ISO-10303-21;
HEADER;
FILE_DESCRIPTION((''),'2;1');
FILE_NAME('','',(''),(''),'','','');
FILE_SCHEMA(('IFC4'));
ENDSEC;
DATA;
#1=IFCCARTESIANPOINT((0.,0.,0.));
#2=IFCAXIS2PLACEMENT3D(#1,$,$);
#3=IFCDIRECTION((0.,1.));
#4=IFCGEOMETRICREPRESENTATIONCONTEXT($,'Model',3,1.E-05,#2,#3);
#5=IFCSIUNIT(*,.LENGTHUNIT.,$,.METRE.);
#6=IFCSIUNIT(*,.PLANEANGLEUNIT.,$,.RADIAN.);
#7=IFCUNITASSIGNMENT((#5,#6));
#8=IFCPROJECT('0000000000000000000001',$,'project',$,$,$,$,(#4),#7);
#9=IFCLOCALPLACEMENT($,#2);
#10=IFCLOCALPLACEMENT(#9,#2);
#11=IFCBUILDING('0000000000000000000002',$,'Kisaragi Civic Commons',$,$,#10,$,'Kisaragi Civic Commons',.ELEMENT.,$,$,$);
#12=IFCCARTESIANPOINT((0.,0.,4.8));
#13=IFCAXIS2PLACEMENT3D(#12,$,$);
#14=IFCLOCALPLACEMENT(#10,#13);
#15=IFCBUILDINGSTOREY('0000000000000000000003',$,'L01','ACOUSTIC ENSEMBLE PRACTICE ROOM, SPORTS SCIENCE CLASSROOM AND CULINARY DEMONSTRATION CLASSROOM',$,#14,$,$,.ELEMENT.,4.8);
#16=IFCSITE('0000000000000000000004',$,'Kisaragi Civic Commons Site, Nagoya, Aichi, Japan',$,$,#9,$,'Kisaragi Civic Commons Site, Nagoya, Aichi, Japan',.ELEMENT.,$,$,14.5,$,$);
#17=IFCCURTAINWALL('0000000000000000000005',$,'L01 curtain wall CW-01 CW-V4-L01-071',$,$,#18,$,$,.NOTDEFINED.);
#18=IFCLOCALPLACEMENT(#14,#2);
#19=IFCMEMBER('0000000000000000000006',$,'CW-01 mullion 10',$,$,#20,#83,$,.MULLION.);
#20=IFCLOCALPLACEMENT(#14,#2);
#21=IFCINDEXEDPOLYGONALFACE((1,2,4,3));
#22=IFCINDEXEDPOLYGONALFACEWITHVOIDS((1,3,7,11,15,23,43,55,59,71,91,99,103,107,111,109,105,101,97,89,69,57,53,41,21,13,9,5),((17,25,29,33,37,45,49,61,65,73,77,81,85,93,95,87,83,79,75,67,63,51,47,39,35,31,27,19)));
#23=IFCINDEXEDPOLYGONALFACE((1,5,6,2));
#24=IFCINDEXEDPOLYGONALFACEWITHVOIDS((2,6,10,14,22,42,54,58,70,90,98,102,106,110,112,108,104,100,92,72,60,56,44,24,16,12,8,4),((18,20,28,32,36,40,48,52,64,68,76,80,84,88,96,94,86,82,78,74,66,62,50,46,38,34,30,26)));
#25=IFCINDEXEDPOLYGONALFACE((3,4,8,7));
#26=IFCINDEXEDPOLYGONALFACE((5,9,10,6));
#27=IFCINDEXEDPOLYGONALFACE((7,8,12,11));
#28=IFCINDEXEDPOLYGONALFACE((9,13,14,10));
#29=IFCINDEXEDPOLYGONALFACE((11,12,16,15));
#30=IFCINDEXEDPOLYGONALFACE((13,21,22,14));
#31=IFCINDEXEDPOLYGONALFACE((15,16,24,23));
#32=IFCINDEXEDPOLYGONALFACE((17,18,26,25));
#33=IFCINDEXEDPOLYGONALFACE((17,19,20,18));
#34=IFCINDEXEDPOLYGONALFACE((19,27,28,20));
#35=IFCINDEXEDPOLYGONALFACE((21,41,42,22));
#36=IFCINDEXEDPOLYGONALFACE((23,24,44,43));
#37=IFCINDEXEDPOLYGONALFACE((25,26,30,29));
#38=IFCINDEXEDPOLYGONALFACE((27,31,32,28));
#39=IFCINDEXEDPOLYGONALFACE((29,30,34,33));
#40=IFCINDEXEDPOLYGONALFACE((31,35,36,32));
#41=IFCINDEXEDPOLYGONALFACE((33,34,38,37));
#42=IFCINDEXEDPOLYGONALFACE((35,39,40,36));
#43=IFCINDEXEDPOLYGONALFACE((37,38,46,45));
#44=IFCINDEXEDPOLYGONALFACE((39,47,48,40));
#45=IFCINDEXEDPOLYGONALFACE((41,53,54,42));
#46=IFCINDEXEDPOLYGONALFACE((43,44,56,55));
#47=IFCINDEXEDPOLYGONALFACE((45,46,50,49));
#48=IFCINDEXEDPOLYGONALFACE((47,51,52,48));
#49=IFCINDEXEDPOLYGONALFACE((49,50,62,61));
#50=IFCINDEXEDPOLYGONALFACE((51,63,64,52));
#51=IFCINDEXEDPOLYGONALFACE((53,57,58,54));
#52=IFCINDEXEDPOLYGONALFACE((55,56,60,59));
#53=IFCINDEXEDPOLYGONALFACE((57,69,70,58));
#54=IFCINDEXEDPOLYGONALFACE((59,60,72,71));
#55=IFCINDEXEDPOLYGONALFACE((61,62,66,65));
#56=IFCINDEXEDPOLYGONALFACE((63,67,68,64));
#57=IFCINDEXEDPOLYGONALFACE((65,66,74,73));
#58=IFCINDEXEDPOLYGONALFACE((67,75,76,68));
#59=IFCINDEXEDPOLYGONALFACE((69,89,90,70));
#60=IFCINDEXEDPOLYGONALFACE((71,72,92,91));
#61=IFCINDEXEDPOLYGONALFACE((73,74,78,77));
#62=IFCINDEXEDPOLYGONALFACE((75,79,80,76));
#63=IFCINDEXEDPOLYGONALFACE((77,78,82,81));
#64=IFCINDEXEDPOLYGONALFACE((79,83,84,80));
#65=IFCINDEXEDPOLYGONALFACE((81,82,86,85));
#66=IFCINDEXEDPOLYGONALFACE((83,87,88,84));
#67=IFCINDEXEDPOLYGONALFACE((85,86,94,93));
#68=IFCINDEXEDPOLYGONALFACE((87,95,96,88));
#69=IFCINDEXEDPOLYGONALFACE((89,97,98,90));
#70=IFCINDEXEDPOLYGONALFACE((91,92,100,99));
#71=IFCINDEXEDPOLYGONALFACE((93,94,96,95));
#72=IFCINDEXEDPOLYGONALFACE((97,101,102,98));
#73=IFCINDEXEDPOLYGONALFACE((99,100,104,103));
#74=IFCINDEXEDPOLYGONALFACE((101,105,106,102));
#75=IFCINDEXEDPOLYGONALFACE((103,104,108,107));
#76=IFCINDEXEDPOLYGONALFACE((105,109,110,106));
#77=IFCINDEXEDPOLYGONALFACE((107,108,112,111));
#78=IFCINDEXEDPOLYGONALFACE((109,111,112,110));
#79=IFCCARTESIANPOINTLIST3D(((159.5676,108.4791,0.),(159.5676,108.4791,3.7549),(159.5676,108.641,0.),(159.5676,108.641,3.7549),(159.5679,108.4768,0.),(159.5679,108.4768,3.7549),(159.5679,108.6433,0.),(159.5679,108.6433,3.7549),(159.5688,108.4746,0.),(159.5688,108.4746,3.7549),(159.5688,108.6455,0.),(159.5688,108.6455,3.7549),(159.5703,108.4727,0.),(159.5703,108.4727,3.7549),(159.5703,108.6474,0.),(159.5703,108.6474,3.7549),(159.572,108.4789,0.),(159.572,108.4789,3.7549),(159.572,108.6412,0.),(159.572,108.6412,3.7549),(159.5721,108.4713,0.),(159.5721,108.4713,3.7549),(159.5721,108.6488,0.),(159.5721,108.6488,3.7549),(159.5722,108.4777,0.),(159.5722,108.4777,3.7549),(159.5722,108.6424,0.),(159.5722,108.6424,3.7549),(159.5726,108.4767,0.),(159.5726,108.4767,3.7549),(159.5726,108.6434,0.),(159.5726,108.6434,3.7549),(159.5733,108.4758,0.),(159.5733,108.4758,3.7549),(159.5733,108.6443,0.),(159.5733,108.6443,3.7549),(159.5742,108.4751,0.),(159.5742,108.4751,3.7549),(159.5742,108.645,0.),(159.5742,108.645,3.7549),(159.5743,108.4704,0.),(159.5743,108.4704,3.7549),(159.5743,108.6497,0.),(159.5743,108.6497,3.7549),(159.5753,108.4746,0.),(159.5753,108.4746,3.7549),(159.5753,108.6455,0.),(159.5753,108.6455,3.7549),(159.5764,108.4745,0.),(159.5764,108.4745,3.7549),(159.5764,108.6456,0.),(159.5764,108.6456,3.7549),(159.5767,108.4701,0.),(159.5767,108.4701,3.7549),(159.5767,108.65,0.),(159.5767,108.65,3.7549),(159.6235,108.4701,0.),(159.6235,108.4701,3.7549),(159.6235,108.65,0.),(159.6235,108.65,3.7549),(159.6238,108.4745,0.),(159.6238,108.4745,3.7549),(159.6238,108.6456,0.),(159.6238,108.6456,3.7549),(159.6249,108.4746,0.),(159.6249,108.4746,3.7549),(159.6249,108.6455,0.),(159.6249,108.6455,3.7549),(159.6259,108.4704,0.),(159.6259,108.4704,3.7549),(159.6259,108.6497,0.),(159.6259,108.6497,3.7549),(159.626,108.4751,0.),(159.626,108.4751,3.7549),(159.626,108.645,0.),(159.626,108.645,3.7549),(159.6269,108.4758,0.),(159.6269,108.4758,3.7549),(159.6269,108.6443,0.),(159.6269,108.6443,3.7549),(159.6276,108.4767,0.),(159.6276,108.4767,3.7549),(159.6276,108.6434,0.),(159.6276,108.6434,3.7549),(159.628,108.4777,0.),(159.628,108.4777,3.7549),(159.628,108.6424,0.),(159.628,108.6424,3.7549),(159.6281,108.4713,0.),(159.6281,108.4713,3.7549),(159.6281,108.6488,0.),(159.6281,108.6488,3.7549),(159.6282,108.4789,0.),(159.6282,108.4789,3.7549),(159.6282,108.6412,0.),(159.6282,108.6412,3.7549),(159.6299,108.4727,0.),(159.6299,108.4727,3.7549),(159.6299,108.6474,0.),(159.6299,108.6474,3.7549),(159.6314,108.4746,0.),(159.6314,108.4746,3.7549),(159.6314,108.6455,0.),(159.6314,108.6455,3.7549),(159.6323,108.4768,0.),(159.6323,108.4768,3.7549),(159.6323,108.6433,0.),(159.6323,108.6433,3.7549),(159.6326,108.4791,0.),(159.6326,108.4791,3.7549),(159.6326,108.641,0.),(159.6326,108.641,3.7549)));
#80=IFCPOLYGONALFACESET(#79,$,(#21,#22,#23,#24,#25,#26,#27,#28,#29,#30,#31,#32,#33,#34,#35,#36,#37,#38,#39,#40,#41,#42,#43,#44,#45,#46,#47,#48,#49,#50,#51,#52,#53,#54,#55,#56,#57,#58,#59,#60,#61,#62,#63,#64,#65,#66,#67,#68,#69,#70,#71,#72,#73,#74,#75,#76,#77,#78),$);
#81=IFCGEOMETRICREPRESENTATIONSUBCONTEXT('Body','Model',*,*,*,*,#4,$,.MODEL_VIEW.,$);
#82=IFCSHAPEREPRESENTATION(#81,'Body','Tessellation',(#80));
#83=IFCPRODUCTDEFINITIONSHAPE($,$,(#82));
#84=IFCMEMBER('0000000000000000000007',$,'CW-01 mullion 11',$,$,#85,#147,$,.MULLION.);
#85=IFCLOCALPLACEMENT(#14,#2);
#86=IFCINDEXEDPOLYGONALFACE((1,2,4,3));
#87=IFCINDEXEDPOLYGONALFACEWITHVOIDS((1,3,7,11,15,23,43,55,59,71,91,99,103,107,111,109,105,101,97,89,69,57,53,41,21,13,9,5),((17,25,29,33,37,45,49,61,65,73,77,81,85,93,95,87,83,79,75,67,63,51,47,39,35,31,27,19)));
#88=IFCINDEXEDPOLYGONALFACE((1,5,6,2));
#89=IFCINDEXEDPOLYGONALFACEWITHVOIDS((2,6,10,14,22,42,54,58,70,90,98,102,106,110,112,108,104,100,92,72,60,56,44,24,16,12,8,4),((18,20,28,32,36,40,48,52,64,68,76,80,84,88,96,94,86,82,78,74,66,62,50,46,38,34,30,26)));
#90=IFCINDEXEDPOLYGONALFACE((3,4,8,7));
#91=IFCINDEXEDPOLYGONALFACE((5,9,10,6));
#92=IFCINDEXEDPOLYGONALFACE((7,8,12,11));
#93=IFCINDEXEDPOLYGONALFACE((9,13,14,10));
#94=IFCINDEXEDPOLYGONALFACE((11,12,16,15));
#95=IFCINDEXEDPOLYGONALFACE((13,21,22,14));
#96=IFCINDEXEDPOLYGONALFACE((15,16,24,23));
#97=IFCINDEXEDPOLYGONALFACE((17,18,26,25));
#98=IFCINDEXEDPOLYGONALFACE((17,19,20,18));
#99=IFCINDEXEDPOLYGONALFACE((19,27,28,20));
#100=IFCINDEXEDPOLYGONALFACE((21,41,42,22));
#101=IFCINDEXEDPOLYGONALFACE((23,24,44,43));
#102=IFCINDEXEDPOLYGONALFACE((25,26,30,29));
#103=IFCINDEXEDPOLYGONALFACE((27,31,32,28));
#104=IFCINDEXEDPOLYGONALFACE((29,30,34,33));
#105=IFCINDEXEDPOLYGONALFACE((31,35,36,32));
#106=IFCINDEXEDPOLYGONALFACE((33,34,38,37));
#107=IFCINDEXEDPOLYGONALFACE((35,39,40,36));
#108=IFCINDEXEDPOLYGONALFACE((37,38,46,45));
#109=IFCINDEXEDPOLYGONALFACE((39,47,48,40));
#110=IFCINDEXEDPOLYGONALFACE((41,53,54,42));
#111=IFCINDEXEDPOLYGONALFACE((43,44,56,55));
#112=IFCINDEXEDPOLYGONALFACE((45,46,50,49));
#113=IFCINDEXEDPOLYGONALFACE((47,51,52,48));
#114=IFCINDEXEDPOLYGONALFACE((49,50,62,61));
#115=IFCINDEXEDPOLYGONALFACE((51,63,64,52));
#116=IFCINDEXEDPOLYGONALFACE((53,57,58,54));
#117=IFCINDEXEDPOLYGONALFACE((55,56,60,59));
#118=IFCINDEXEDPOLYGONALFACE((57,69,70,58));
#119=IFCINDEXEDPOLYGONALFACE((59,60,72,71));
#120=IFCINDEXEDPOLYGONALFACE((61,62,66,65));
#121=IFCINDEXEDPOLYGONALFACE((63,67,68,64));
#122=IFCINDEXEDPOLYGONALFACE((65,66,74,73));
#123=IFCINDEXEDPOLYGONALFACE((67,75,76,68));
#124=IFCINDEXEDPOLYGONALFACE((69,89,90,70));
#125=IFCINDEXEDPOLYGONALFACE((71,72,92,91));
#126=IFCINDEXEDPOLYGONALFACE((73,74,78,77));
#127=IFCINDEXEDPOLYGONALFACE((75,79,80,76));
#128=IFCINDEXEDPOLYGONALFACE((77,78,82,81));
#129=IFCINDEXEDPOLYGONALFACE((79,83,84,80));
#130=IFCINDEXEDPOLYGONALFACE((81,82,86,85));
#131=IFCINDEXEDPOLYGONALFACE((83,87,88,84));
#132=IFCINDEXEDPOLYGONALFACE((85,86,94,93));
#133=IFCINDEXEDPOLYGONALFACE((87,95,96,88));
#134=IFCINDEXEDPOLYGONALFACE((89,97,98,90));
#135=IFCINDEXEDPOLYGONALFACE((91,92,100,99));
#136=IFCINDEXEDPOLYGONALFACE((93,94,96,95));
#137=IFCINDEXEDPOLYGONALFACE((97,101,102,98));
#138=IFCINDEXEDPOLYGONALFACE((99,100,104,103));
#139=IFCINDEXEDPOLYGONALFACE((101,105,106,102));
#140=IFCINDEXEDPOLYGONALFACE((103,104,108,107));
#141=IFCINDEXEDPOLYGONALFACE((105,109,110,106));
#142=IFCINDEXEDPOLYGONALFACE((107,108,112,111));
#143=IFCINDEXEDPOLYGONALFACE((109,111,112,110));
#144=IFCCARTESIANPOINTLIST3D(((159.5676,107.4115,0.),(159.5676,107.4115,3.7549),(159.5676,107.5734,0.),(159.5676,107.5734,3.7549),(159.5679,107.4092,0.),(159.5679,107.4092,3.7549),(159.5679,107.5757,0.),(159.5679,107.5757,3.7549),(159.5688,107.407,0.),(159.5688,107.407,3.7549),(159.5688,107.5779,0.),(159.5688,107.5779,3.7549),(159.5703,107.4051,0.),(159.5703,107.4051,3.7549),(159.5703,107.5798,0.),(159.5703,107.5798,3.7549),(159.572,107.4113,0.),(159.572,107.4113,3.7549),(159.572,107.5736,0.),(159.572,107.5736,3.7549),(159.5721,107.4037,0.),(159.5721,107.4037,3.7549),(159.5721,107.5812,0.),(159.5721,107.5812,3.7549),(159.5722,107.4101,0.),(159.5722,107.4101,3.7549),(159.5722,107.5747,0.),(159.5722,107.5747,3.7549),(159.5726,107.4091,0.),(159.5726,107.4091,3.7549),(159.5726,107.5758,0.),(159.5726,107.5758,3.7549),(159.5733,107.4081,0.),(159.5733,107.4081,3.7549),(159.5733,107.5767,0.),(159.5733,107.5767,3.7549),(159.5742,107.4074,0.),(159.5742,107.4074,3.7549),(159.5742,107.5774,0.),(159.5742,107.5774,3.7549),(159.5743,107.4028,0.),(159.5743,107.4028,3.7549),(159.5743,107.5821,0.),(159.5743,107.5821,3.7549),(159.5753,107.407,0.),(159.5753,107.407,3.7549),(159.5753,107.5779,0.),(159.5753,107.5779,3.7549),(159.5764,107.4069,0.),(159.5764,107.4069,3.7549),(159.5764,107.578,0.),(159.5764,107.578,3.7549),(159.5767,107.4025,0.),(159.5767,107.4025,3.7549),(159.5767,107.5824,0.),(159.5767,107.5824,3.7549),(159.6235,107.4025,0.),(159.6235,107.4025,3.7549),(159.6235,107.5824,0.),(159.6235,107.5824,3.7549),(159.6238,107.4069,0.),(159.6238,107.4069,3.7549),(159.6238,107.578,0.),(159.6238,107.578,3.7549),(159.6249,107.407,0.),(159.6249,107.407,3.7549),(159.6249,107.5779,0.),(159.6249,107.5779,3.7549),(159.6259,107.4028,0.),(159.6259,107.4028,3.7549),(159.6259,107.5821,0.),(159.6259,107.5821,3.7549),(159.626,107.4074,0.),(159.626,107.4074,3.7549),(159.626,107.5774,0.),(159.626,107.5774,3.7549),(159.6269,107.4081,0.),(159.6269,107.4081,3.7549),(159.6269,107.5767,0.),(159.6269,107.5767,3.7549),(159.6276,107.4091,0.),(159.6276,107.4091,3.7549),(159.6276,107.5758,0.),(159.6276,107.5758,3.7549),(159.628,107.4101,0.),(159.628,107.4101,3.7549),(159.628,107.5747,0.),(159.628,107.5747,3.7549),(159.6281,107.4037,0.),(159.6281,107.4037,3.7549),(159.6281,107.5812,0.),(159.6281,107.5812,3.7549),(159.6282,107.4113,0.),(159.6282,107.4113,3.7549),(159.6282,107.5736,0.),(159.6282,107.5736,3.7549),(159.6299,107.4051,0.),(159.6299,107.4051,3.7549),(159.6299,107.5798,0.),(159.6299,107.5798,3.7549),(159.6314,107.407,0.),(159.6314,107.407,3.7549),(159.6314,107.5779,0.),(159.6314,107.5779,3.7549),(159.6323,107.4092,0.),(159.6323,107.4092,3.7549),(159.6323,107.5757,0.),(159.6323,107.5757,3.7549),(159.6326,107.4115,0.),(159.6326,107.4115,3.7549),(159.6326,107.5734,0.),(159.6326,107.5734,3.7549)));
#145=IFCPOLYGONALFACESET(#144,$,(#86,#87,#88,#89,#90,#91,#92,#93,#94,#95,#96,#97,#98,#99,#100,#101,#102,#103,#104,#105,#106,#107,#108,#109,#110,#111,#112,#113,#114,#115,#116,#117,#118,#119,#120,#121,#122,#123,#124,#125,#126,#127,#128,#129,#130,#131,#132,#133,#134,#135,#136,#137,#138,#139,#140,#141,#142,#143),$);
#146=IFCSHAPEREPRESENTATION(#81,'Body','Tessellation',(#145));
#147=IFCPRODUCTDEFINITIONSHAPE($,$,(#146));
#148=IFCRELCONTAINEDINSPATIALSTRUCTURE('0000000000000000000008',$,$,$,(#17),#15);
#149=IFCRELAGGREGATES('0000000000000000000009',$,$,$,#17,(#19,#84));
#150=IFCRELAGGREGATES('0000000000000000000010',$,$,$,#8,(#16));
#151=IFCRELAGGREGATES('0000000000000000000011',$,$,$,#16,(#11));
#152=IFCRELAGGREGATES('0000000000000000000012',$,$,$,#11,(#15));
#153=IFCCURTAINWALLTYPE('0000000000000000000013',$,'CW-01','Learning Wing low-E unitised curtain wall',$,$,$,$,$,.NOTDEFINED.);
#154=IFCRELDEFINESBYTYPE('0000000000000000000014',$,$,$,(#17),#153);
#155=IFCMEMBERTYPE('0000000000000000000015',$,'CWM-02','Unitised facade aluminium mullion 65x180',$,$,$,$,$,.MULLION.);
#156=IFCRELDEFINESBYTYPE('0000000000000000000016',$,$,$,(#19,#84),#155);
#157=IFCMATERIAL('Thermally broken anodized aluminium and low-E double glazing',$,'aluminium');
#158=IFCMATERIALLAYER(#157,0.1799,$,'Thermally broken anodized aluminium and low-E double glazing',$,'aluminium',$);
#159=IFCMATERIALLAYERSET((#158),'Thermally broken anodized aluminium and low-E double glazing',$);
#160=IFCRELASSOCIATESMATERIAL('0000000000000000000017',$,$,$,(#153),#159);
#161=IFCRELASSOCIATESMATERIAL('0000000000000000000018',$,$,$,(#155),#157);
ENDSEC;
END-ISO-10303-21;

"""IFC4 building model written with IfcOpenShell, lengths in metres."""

from ifc_helpers import new_model, si_unit, direction, frame, origin, origin_2d, place, context, subcontext, project, spatial, hollow_rectangle, extrude, material, layer, layer_set, material_profile, profile_set, type_object, element, aggregate, save


model = new_model("IFC4")

# Units and contexts
model_context = context("Model", 3, precision=1e-05, world=origin(), true_north=direction((0.0, 1.0)))
body_context = subcontext(model_context, "Body", "Model", "MODEL_VIEW")
ifc_project = project(units=[si_unit("LENGTHUNIT", "METRE"), si_unit("PLANEANGLEUNIT", "RADIAN")], contexts=[model_context])

# Site, building, storey
site_placement = place(None, origin())
site = spatial("IfcSite", under=ifc_project, at=site_placement, Name="Kisaragi Civic Commons Site, Nagoya, Aichi, Japan", LongName="Kisaragi Civic Commons Site, Nagoya, Aichi, Japan", CompositionType="ELEMENT", RefElevation=14.5)
building_placement = place(site_placement, origin())
building = spatial("IfcBuilding", under=site, at=building_placement, Name="Kisaragi Civic Commons", LongName="Kisaragi Civic Commons", CompositionType="ELEMENT")
storey_placement = place(building_placement, frame((0.0, 0.0, 4.8)))
storey = spatial("IfcBuildingStorey", under=building, at=storey_placement, Name="L01", Description="ACOUSTIC ENSEMBLE PRACTICE ROOM, SPORTS SCIENCE CLASSROOM AND CULINARY DEMONSTRATION CLASSROOM", CompositionType="ELEMENT", Elevation=4.8)

# Curtain wall, members
ifc_material_1 = material(Name="Thermally broken anodized aluminium and low-E double glazing", Category="aluminium")
ifc_layer_1 = layer(ifc_material_1, 0.1799, Name="Thermally broken anodized aluminium and low-E double glazing", Category="aluminium")
ifc_layer_set_1 = layer_set([ifc_layer_1], Name="Thermally broken anodized aluminium and low-E double glazing")
curtain_wall_type = type_object("IfcCurtainWallType", Name="CW-01", Description="Learning Wing low-E unitised curtain wall", PredefinedType="NOTDEFINED", material=ifc_layer_set_1)
curtain_wall_1_placement = place(storey_placement, origin())
curtain_wall_1 = element("IfcCurtainWall", 1, at=curtain_wall_1_placement, inside=storey, type_object=curtain_wall_type, Name="L01 curtain wall CW-01 CW-V4-L01-071", PredefinedType="NOTDEFINED")
ifc_material_profile_1 = material_profile(ifc_material_1, hollow_rectangle(XDim=0.0649, YDim=0.1799, WallThickness=0.0044, InnerFilletRadius=0.0044, OuterFilletRadius=0.009, at=origin_2d()), Name="CWM-65x180x4.5", Category="aluminium")
ifc_profile_set_1 = profile_set([ifc_material_profile_1], Name="Thermally broken anodized aluminium and low-E double glazing")
member_type_1 = type_object("IfcMemberType", Name="CWM-02", Description="Unitised facade aluminium mullion 65x180", PredefinedType="MULLION", material=ifc_profile_set_1)
member_1_placement = place(storey_placement, frame((159.6001, 108.5601, 0.0), z_axis=(0.0, 0.0, 1.0), x_axis=(1.0, 0.0, 0.0)))
member_1 = element("IfcMember", 2, at=member_1_placement, type_object=member_type_1, Name="CW-01 mullion 10", PredefinedType="MULLION", context=body_context, shape_type="SweptSolid", body=[
    extrude(hollow_rectangle(XDim=0.0649, YDim=0.1799, WallThickness=0.0044, InnerFilletRadius=0.0044, OuterFilletRadius=0.009, at=origin_2d()), origin(), (0.0, 0.0, 1.0), 3.7549),
])
member_2_placement = place(storey_placement, frame((159.6001, 107.4924, 0.0), z_axis=(0.0, 0.0, 1.0), x_axis=(1.0, 0.0, 0.0)))
member_2 = element("IfcMember", 3, at=member_2_placement, type_object=member_type_1, Name="CW-01 mullion 11", PredefinedType="MULLION", context=body_context, shape_type="SweptSolid", body=[
    extrude(hollow_rectangle(XDim=0.0649, YDim=0.1799, WallThickness=0.0044, InnerFilletRadius=0.0044, OuterFilletRadius=0.009, at=origin_2d()), origin(), (0.0, 0.0, 1.0), 3.7549),
])

aggregate(curtain_wall_1, [member_1, member_2])

save(model, "model.ifc")
